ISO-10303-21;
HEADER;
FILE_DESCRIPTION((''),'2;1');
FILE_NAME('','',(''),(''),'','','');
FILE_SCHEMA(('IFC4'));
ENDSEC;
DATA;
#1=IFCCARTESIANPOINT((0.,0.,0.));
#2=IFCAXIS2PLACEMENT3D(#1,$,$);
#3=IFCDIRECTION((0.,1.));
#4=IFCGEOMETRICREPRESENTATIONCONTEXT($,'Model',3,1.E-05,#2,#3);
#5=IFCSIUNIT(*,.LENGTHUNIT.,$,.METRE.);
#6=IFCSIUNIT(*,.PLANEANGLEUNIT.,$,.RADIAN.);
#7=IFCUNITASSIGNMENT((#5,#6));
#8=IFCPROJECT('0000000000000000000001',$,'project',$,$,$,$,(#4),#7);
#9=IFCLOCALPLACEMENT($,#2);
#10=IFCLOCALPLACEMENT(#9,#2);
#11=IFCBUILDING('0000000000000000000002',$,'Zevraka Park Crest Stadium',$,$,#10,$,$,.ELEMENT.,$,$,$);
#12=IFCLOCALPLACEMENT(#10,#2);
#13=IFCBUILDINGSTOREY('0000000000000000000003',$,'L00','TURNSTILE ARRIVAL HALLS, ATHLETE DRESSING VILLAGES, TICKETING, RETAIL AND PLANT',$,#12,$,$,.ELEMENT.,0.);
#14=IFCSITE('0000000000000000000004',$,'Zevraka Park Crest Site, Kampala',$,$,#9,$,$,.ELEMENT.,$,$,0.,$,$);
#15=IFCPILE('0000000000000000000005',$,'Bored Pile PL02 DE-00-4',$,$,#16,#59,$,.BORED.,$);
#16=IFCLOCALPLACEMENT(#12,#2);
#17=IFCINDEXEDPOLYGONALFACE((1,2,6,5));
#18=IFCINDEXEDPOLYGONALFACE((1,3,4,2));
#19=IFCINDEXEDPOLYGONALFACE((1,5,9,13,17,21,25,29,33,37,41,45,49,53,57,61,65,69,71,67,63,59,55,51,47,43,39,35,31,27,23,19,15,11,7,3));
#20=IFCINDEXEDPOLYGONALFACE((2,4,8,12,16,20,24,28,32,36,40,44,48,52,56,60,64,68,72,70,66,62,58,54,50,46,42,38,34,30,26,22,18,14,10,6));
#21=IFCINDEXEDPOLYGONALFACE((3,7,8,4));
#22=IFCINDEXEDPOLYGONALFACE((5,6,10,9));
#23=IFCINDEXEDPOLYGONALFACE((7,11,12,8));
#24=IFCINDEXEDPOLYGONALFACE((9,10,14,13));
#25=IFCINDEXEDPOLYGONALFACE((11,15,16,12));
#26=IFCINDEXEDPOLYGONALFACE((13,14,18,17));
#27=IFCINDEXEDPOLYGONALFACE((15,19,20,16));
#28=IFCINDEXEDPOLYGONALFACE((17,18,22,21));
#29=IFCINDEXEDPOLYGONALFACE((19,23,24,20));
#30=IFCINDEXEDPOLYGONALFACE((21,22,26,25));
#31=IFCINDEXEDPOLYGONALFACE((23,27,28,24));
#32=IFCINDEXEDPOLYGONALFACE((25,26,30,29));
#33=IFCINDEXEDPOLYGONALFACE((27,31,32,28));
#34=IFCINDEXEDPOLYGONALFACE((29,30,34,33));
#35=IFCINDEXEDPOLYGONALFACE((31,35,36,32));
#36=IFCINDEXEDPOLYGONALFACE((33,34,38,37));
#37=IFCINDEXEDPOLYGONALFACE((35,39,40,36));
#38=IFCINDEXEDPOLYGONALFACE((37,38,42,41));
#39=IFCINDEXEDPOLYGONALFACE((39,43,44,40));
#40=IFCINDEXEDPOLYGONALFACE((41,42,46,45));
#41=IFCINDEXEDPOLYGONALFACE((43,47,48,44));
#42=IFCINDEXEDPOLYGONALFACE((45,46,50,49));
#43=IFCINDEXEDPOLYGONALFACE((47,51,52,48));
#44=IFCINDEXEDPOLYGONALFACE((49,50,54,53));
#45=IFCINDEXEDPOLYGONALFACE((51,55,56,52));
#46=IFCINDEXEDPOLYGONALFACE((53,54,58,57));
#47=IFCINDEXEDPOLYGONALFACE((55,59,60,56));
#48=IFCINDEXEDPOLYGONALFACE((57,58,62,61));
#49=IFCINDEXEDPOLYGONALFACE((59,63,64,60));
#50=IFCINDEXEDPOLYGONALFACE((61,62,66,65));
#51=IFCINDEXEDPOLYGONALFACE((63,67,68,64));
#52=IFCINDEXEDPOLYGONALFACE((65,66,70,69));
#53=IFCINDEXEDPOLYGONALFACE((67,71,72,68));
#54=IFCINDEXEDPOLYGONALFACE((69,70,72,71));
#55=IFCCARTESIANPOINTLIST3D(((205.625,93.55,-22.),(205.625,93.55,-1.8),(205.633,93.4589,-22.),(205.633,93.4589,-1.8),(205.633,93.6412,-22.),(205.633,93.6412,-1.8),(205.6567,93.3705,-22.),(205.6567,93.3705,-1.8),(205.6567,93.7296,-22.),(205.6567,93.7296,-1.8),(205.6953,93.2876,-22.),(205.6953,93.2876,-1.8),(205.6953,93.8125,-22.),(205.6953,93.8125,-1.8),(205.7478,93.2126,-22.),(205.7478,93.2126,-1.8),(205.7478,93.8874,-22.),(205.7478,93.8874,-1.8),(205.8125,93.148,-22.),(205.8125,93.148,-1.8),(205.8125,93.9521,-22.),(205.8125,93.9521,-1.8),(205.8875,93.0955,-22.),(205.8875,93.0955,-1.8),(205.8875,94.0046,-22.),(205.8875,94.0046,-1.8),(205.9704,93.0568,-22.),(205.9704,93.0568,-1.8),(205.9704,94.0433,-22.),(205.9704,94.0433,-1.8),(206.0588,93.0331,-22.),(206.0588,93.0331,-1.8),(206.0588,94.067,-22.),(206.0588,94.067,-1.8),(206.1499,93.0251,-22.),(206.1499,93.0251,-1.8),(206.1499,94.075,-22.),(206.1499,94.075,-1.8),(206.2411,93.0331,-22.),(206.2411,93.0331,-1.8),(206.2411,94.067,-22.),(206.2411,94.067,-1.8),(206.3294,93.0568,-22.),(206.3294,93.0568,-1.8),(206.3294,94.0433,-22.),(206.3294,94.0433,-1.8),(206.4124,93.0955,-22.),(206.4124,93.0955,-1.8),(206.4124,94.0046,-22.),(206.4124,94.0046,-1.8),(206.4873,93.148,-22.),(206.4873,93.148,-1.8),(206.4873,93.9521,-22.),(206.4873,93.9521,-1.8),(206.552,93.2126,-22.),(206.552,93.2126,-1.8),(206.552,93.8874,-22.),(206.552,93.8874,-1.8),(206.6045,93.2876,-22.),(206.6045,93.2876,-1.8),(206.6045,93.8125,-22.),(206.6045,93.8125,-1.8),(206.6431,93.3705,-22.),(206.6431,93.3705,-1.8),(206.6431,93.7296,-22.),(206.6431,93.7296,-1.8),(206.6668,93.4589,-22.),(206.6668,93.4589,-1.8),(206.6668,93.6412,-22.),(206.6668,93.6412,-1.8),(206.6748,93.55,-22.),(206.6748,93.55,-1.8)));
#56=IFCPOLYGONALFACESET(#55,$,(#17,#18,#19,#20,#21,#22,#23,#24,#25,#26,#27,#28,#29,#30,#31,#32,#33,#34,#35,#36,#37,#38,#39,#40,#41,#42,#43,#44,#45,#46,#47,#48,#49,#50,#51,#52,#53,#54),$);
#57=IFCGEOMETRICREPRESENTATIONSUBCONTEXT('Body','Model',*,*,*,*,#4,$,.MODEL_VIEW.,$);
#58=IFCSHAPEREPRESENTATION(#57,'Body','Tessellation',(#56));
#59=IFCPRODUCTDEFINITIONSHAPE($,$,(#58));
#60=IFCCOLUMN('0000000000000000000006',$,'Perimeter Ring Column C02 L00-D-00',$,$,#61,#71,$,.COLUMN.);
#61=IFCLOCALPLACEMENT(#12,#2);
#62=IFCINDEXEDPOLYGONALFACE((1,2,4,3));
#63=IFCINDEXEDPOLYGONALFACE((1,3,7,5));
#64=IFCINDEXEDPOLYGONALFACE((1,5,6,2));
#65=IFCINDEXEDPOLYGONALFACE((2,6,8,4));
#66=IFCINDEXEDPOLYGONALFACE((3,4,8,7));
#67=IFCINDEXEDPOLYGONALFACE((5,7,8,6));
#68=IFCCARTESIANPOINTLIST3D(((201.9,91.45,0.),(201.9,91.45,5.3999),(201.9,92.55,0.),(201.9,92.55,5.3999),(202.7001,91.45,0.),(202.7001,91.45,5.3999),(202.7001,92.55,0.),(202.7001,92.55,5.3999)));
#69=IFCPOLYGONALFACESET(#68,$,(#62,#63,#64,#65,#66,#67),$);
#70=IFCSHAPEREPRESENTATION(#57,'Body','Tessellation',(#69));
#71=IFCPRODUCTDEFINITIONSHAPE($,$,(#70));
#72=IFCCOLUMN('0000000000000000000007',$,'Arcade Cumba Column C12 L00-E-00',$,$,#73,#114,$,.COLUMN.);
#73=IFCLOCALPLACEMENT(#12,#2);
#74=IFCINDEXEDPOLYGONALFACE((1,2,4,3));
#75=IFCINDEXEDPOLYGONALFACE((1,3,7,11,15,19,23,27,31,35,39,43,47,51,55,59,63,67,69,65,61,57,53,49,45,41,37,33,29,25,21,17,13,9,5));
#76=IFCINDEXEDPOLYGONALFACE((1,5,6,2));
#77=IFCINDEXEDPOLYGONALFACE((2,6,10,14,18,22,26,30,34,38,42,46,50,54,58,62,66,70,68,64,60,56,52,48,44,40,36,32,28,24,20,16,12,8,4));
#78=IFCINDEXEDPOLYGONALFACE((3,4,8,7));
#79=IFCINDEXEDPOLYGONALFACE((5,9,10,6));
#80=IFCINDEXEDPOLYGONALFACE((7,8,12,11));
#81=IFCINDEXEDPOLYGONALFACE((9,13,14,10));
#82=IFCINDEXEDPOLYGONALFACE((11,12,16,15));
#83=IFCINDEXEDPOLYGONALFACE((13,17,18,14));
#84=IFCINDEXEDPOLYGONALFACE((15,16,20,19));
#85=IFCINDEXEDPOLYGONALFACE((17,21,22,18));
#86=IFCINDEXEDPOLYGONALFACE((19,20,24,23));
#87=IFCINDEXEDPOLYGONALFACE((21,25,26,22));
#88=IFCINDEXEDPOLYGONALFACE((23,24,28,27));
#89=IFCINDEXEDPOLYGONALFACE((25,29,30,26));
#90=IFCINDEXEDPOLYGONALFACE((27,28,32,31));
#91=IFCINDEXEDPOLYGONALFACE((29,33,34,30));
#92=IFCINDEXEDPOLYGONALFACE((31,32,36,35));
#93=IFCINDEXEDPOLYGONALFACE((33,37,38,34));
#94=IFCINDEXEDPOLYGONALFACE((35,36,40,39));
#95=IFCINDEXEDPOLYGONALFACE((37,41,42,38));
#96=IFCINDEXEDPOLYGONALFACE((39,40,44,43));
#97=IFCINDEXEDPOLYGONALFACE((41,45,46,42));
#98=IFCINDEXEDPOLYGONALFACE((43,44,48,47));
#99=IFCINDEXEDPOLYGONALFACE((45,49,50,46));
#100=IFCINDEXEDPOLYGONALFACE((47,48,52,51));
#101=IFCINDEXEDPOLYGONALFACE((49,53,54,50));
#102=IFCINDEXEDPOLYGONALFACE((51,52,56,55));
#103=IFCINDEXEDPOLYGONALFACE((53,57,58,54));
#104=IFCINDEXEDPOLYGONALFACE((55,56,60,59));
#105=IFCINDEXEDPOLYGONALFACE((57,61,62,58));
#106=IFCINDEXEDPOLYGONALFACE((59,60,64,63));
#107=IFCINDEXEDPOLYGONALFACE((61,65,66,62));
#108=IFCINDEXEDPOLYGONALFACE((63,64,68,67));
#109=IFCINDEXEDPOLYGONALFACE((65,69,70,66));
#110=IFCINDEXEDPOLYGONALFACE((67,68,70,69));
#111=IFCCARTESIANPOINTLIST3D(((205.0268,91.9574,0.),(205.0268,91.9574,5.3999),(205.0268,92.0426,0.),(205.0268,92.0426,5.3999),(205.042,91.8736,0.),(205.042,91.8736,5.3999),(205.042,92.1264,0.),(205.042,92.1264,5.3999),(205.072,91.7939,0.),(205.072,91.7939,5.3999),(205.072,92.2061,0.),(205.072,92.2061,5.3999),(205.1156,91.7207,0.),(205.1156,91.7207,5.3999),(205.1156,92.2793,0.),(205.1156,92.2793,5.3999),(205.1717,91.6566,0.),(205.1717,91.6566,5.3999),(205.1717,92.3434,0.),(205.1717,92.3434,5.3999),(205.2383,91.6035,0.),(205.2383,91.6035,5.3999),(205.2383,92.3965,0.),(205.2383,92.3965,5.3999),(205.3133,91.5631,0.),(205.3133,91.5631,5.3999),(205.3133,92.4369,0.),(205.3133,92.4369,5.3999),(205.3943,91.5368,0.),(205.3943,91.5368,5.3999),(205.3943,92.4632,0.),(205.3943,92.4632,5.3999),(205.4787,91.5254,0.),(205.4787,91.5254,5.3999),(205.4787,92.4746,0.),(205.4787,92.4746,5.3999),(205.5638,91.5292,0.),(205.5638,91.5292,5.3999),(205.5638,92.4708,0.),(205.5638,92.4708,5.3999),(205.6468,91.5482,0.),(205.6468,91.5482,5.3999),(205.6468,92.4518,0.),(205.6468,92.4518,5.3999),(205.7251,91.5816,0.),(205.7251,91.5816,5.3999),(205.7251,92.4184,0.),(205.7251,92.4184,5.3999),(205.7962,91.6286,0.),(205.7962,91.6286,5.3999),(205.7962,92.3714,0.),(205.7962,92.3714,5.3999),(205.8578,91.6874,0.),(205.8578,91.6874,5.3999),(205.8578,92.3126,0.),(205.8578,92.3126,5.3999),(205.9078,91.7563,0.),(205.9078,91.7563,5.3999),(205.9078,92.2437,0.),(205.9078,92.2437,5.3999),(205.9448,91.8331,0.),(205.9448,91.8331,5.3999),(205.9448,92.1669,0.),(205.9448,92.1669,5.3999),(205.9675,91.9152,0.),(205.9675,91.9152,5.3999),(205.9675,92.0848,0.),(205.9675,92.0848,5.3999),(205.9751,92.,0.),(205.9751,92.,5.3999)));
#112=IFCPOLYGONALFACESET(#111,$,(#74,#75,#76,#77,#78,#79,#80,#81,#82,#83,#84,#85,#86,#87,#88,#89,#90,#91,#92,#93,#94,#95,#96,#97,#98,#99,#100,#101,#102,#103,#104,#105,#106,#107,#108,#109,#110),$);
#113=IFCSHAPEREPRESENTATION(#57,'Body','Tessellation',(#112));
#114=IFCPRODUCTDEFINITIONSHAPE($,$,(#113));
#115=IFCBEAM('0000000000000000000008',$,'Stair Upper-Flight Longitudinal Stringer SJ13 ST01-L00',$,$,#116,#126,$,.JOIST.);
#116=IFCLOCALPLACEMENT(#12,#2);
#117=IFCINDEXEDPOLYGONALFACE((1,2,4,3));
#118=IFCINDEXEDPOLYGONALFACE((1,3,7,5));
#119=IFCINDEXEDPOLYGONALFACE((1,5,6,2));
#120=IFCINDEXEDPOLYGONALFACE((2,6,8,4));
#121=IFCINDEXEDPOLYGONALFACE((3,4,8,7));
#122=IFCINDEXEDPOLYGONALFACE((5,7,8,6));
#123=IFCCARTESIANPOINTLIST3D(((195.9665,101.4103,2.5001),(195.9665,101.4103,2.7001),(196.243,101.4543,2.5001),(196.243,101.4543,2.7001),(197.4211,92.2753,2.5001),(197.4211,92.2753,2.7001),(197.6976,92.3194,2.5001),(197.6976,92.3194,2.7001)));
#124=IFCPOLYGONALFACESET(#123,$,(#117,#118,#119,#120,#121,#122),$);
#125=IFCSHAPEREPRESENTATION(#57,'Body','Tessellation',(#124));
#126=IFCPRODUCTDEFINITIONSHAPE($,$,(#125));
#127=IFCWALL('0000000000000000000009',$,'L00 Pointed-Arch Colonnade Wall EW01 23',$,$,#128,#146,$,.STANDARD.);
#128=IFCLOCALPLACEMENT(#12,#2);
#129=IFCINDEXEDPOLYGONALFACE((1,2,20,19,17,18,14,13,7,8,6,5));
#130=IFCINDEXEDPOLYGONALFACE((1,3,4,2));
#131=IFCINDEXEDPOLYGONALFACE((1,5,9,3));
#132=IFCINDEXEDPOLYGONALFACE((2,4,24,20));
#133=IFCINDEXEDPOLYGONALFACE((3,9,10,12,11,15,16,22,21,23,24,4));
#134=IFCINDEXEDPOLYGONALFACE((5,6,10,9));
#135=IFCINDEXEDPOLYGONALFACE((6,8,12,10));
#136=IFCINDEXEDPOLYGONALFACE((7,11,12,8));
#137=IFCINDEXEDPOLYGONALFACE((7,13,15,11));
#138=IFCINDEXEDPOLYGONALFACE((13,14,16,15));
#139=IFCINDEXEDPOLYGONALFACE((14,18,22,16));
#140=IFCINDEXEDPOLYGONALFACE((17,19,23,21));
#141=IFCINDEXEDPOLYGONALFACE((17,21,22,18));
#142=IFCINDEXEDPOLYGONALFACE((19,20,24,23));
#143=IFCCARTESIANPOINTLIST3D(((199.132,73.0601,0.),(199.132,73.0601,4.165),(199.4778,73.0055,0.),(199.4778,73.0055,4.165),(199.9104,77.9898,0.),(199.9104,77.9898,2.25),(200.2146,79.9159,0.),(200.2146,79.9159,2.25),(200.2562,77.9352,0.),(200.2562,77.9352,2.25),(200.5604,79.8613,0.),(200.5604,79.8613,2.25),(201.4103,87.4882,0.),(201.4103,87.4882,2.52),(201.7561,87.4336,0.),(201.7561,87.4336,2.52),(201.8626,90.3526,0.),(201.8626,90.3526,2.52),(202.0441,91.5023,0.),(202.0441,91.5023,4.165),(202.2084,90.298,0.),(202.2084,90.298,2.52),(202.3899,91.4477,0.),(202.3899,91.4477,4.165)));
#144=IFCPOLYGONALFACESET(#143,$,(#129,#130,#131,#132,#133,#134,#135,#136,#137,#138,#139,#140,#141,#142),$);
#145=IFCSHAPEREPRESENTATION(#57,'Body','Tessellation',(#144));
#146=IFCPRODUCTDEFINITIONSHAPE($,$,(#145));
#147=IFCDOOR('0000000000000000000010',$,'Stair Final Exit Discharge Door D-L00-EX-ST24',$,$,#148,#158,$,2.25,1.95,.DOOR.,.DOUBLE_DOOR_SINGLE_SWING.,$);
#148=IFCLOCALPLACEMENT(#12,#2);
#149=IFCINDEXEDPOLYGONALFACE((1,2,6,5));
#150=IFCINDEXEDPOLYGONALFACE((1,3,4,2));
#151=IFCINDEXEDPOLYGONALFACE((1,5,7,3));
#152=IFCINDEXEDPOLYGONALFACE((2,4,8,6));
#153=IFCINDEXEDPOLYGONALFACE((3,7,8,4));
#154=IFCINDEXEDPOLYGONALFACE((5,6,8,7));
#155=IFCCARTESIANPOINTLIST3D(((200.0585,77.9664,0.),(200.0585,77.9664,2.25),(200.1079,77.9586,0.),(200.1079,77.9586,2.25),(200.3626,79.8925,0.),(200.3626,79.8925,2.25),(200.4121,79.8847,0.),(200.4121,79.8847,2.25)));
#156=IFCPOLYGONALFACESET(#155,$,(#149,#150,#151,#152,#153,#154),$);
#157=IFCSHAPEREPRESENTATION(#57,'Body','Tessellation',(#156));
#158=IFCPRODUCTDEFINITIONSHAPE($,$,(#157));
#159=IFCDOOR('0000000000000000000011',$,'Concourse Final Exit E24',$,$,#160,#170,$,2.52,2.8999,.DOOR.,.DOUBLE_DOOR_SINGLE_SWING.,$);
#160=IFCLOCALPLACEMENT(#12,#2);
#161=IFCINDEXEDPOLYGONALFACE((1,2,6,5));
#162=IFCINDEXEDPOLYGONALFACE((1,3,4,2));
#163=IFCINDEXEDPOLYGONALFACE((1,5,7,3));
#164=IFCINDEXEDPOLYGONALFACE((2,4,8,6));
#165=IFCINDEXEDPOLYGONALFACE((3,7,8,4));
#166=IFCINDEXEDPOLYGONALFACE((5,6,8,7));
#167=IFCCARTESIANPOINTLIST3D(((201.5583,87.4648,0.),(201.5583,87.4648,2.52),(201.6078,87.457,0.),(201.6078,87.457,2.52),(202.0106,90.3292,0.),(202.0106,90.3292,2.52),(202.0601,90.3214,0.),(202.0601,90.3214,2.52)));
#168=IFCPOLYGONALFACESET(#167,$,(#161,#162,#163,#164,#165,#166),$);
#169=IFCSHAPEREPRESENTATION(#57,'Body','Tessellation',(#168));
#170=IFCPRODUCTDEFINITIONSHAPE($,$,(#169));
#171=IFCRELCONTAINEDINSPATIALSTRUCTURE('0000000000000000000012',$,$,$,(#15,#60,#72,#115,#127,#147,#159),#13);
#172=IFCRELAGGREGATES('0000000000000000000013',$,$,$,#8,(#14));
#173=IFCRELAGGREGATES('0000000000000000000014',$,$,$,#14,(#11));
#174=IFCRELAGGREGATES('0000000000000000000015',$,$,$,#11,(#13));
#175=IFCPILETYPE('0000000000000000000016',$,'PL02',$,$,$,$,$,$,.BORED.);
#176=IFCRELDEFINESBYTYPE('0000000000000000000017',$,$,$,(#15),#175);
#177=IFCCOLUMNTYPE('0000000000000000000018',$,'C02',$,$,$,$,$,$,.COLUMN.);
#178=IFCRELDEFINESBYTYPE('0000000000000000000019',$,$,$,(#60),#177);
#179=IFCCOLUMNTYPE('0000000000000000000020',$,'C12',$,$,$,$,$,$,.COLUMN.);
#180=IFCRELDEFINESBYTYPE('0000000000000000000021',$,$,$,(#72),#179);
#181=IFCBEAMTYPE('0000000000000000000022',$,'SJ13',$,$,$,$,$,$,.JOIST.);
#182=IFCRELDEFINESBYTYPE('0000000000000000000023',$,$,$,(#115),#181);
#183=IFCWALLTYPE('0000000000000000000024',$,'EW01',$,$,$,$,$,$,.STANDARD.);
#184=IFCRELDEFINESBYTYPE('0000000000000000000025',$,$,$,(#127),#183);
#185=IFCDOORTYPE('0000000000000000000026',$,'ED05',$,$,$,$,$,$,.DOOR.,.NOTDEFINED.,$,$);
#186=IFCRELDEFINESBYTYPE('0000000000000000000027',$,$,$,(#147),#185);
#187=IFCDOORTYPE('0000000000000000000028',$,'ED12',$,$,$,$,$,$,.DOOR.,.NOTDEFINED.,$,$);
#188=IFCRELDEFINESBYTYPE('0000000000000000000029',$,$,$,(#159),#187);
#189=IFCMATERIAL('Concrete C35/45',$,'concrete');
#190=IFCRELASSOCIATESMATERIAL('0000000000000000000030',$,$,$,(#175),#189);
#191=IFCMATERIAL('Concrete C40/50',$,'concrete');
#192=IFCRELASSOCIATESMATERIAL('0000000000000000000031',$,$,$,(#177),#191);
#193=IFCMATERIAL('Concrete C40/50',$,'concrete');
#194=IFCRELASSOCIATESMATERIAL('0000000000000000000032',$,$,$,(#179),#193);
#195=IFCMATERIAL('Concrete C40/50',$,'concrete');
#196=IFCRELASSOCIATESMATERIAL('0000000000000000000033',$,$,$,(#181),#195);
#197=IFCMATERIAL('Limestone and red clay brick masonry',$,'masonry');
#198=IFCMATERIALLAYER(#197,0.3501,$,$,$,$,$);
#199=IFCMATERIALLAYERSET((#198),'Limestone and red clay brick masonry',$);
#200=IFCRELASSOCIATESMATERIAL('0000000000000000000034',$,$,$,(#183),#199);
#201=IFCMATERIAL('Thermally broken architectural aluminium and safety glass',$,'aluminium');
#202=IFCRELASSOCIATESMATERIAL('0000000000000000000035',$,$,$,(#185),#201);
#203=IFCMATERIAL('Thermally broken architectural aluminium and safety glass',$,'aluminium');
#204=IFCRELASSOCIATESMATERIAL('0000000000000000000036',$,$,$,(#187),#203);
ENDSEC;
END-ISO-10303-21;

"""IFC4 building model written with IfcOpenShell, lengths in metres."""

from ifc_helpers import new_model, si_unit, direction, frame, frame_2d, origin, origin_2d, place, context, subcontext, project, spatial, rectangle, circle, extrude, material, layer, layer_set, material_profile, profile_set, type_object, element, fill, save


model = new_model("IFC4")

# Units and contexts
model_context = context("Model", 3, precision=1e-05, world=origin(), true_north=direction((0.0, 1.0)))
body_context = subcontext(model_context, "Body", "Model", "MODEL_VIEW")
ifc_project = project(units=[si_unit("LENGTHUNIT", "METRE"), si_unit("PLANEANGLEUNIT", "RADIAN")], contexts=[model_context])

# Site, building, storey
site_placement = place(None, origin())
site = spatial("IfcSite", under=ifc_project, at=site_placement, Name="Zevraka Park Crest Site, Kampala", CompositionType="ELEMENT", RefElevation=0.0)
building_placement = place(site_placement, origin())
building = spatial("IfcBuilding", under=site, at=building_placement, Name="Zevraka Park Crest Stadium", CompositionType="ELEMENT")
storey_placement = place(building_placement, origin())
storey = spatial("IfcBuildingStorey", under=building, at=storey_placement, Name="L00", Description="TURNSTILE ARRIVAL HALLS, ATHLETE DRESSING VILLAGES, TICKETING, RETAIL AND PLANT", CompositionType="ELEMENT", Elevation=0.0)

# Pile
ifc_material_1 = material(Name="Concrete C35/45", Category="concrete")
ifc_material_profile_1 = material_profile(ifc_material_1, circle(Radius=0.5249, at=origin_2d()), Name="PILE D1050")
ifc_profile_set_1 = profile_set([ifc_material_profile_1], Name="Concrete C35/45")
pile_type = type_object("IfcPileType", Name="PL02", PredefinedType="BORED", material=ifc_profile_set_1)
for number, where, z_axis, x_axis, name in (
    (1, (206.1499, 93.55, -1.8), (0.0, 0.0, -1.0), (1.0, 0.0, 0.0), "Bored Pile PL02 DE-00-4"),
):
    element("IfcPile", number, at=place(storey_placement, frame(where, z_axis=z_axis, x_axis=x_axis)), inside=storey, type_object=pile_type, Name=name, PredefinedType="BORED", context=body_context, shape_type="SweptSolid", body=[
        extrude(circle(Radius=0.5249, at=origin_2d()), origin(), (0.0, 0.0, 1.0), 20.2),
    ])

# Columns
ifc_material_2 = material(Name="Concrete C40/50", Category="concrete")
ifc_material_profile_2 = material_profile(ifc_material_2, rectangle(XDim=0.8, YDim=1.1001, at=origin_2d()), Name="RC 1100x800")
ifc_profile_set_2 = profile_set([ifc_material_profile_2], Name="Concrete C40/50")
column_type_1 = type_object("IfcColumnType", Name="C02", PredefinedType="COLUMN", material=ifc_profile_set_2)
column_1_placement = place(storey_placement, frame((202.3, 92.0, 0.0), z_axis=(0.0, 0.0, 1.0), x_axis=(1.0, 0.0, 0.0)))
element("IfcColumn", 2, at=column_1_placement, inside=storey, type_object=column_type_1, Name="Perimeter Ring Column C02 L00-D-00", PredefinedType="COLUMN", context=body_context, shape_type="SweptSolid", body=[
    extrude(rectangle(XDim=0.8, YDim=1.1001, at=origin_2d()), origin(), (0.0, 0.0, 1.0), 5.3999),
])
ifc_material_3 = material(Name="Concrete C40/50", Category="concrete")
ifc_material_profile_3 = material_profile(ifc_material_3, circle(Radius=0.4751, at=origin_2d()), Name="RC D950")
ifc_profile_set_3 = profile_set([ifc_material_profile_3], Name="Concrete C40/50")
column_type_2 = type_object("IfcColumnType", Name="C12", PredefinedType="COLUMN", material=ifc_profile_set_3)
column_2_placement = place(storey_placement, frame((205.5, 92.0, 0.0), z_axis=(0.0, 0.0, 1.0), x_axis=(1.0, 0.0, 0.0)))
element("IfcColumn", 3, at=column_2_placement, inside=storey, type_object=column_type_2, Name="Arcade Cumba Column C12 L00-E-00", PredefinedType="COLUMN", context=body_context, shape_type="SweptSolid", body=[
    extrude(circle(Radius=0.4751, at=origin_2d()), origin(), (0.0, 0.0, 1.0), 5.3999),
])

# Beam
ifc_material_4 = material(Name="Concrete C40/50", Category="concrete")
ifc_material_profile_4 = material_profile(ifc_material_4, rectangle(XDim=0.28, YDim=0.2, at=origin_2d()), Name="RC 200x280")
ifc_profile_set_4 = profile_set([ifc_material_profile_4], Name="Concrete C40/50")
beam_type = type_object("IfcBeamType", Name="SJ13", PredefinedType="JOIST", material=ifc_profile_set_4)
beam_placement = place(storey_placement, frame((197.5593, 92.2974, 2.6001), z_axis=(-0.157251, 0.987559, 0.0), x_axis=(-0.987559, -0.157251, 0.0)))
element("IfcBeam", 4, at=beam_placement, inside=storey, type_object=beam_type, Name="Stair Upper-Flight Longitudinal Stringer SJ13 ST01-L00", PredefinedType="JOIST", context=body_context, shape_type="SweptSolid", body=[
    extrude(rectangle(XDim=0.28, YDim=0.2, at=origin_2d()), origin(), (0.0, 0.0, 1.0), 9.25),
])

# Wall, openings, doors
ifc_material_5 = material(Name="Limestone and red clay brick masonry", Category="masonry")
ifc_layer_1 = layer(ifc_material_5, 0.3501)
ifc_layer_set_1 = layer_set([ifc_layer_1], Name="Limestone and red clay brick masonry")
wall_type_1 = type_object("IfcWallType", Name="EW01", PredefinedType="STANDARD", material=ifc_layer_set_1)
wall_1_placement = place(storey_placement, frame((202.217, 91.4751, 0.0), z_axis=(0.0, 0.0, 1.0), x_axis=(-0.155973, -0.987761, 0.0)))
wall_1 = element("IfcWall", 5, at=wall_1_placement, inside=storey, type_object=wall_type_1, Name="L00 Pointed-Arch Colonnade Wall EW01 23", PredefinedType="STANDARD", context=body_context, shape_type="SweptSolid", body=[
    extrude(rectangle(XDim=18.6707, YDim=0.3501, at=frame_2d((9.3354, 0.0))), origin(), (0.0, 0.0, 1.0), 4.165),
])
opening_1_placement = place(wall_1_placement, frame((11.73, 0.0, 0.0)))
opening_1 = element("IfcOpeningElement", 6, at=opening_1_placement, cuts=wall_1, PredefinedType="OPENING", context=body_context, shape_type="SweptSolid", body=[
    extrude(rectangle(XDim=1.95, YDim=2.25, at=frame_2d((0.9751, 1.125))), frame((0.0, 0.1851, 0.0), z_axis=(0.0, -1.0, 0.0), x_axis=(1.0, 0.0, 0.0)), (0.0, 0.0, 1.0), 0.3701),
])
opening_2_placement = place(wall_1_placement, frame((1.1641, 0.0, 0.0)))
opening_2 = element("IfcOpeningElement", 7, at=opening_2_placement, cuts=wall_1, PredefinedType="OPENING", context=body_context, shape_type="SweptSolid", body=[
    extrude(rectangle(XDim=2.8999, YDim=2.52, at=frame_2d((1.45, 1.26))), frame((0.0, 0.1851, 0.0), z_axis=(0.0, -1.0, 0.0), x_axis=(1.0, 0.0, 0.0)), (0.0, 0.0, 1.0), 0.3701),
])
ifc_material_6 = material(Name="Thermally broken architectural aluminium and safety glass", Category="aluminium")
door_type_1 = type_object("IfcDoorType", Name="ED05", OperationType="NOTDEFINED", PredefinedType="DOOR", material=ifc_material_6)
door_1_placement = place(opening_1_placement, origin())
door_1 = element("IfcDoor", 8, at=door_1_placement, inside=storey, type_object=door_type_1, Name="Stair Final Exit Discharge Door D-L00-EX-ST24", OperationType="DOUBLE_DOOR_SINGLE_SWING", OverallHeight=2.25, OverallWidth=1.95, PredefinedType="DOOR", context=body_context, shape_type="SweptSolid", body=[
    extrude(rectangle(XDim=1.95, YDim=2.25, at=frame_2d((0.9751, 1.125))), frame((0.0, 0.0249, 0.0), z_axis=(0.0, -1.0, 0.0), x_axis=(1.0, 0.0, 0.0)), (0.0, 0.0, 1.0), 0.05),
])
fill(opening_1, door_1)
ifc_material_7 = material(Name="Thermally broken architectural aluminium and safety glass", Category="aluminium")
door_type_2 = type_object("IfcDoorType", Name="ED12", OperationType="NOTDEFINED", PredefinedType="DOOR", material=ifc_material_7)
door_2_placement = place(opening_2_placement, origin())
door_2 = element("IfcDoor", 9, at=door_2_placement, inside=storey, type_object=door_type_2, Name="Concourse Final Exit E24", OperationType="DOUBLE_DOOR_SINGLE_SWING", OverallHeight=2.52, OverallWidth=2.8999, PredefinedType="DOOR", context=body_context, shape_type="SweptSolid", body=[
    extrude(rectangle(XDim=2.8999, YDim=2.52, at=frame_2d((1.45, 1.26))), frame((0.0, 0.0249, 0.0), z_axis=(0.0, -1.0, 0.0), x_axis=(1.0, 0.0, 0.0)), (0.0, 0.0, 1.0), 0.05),
])
fill(opening_2, door_2)

save(model, "model.ifc")
